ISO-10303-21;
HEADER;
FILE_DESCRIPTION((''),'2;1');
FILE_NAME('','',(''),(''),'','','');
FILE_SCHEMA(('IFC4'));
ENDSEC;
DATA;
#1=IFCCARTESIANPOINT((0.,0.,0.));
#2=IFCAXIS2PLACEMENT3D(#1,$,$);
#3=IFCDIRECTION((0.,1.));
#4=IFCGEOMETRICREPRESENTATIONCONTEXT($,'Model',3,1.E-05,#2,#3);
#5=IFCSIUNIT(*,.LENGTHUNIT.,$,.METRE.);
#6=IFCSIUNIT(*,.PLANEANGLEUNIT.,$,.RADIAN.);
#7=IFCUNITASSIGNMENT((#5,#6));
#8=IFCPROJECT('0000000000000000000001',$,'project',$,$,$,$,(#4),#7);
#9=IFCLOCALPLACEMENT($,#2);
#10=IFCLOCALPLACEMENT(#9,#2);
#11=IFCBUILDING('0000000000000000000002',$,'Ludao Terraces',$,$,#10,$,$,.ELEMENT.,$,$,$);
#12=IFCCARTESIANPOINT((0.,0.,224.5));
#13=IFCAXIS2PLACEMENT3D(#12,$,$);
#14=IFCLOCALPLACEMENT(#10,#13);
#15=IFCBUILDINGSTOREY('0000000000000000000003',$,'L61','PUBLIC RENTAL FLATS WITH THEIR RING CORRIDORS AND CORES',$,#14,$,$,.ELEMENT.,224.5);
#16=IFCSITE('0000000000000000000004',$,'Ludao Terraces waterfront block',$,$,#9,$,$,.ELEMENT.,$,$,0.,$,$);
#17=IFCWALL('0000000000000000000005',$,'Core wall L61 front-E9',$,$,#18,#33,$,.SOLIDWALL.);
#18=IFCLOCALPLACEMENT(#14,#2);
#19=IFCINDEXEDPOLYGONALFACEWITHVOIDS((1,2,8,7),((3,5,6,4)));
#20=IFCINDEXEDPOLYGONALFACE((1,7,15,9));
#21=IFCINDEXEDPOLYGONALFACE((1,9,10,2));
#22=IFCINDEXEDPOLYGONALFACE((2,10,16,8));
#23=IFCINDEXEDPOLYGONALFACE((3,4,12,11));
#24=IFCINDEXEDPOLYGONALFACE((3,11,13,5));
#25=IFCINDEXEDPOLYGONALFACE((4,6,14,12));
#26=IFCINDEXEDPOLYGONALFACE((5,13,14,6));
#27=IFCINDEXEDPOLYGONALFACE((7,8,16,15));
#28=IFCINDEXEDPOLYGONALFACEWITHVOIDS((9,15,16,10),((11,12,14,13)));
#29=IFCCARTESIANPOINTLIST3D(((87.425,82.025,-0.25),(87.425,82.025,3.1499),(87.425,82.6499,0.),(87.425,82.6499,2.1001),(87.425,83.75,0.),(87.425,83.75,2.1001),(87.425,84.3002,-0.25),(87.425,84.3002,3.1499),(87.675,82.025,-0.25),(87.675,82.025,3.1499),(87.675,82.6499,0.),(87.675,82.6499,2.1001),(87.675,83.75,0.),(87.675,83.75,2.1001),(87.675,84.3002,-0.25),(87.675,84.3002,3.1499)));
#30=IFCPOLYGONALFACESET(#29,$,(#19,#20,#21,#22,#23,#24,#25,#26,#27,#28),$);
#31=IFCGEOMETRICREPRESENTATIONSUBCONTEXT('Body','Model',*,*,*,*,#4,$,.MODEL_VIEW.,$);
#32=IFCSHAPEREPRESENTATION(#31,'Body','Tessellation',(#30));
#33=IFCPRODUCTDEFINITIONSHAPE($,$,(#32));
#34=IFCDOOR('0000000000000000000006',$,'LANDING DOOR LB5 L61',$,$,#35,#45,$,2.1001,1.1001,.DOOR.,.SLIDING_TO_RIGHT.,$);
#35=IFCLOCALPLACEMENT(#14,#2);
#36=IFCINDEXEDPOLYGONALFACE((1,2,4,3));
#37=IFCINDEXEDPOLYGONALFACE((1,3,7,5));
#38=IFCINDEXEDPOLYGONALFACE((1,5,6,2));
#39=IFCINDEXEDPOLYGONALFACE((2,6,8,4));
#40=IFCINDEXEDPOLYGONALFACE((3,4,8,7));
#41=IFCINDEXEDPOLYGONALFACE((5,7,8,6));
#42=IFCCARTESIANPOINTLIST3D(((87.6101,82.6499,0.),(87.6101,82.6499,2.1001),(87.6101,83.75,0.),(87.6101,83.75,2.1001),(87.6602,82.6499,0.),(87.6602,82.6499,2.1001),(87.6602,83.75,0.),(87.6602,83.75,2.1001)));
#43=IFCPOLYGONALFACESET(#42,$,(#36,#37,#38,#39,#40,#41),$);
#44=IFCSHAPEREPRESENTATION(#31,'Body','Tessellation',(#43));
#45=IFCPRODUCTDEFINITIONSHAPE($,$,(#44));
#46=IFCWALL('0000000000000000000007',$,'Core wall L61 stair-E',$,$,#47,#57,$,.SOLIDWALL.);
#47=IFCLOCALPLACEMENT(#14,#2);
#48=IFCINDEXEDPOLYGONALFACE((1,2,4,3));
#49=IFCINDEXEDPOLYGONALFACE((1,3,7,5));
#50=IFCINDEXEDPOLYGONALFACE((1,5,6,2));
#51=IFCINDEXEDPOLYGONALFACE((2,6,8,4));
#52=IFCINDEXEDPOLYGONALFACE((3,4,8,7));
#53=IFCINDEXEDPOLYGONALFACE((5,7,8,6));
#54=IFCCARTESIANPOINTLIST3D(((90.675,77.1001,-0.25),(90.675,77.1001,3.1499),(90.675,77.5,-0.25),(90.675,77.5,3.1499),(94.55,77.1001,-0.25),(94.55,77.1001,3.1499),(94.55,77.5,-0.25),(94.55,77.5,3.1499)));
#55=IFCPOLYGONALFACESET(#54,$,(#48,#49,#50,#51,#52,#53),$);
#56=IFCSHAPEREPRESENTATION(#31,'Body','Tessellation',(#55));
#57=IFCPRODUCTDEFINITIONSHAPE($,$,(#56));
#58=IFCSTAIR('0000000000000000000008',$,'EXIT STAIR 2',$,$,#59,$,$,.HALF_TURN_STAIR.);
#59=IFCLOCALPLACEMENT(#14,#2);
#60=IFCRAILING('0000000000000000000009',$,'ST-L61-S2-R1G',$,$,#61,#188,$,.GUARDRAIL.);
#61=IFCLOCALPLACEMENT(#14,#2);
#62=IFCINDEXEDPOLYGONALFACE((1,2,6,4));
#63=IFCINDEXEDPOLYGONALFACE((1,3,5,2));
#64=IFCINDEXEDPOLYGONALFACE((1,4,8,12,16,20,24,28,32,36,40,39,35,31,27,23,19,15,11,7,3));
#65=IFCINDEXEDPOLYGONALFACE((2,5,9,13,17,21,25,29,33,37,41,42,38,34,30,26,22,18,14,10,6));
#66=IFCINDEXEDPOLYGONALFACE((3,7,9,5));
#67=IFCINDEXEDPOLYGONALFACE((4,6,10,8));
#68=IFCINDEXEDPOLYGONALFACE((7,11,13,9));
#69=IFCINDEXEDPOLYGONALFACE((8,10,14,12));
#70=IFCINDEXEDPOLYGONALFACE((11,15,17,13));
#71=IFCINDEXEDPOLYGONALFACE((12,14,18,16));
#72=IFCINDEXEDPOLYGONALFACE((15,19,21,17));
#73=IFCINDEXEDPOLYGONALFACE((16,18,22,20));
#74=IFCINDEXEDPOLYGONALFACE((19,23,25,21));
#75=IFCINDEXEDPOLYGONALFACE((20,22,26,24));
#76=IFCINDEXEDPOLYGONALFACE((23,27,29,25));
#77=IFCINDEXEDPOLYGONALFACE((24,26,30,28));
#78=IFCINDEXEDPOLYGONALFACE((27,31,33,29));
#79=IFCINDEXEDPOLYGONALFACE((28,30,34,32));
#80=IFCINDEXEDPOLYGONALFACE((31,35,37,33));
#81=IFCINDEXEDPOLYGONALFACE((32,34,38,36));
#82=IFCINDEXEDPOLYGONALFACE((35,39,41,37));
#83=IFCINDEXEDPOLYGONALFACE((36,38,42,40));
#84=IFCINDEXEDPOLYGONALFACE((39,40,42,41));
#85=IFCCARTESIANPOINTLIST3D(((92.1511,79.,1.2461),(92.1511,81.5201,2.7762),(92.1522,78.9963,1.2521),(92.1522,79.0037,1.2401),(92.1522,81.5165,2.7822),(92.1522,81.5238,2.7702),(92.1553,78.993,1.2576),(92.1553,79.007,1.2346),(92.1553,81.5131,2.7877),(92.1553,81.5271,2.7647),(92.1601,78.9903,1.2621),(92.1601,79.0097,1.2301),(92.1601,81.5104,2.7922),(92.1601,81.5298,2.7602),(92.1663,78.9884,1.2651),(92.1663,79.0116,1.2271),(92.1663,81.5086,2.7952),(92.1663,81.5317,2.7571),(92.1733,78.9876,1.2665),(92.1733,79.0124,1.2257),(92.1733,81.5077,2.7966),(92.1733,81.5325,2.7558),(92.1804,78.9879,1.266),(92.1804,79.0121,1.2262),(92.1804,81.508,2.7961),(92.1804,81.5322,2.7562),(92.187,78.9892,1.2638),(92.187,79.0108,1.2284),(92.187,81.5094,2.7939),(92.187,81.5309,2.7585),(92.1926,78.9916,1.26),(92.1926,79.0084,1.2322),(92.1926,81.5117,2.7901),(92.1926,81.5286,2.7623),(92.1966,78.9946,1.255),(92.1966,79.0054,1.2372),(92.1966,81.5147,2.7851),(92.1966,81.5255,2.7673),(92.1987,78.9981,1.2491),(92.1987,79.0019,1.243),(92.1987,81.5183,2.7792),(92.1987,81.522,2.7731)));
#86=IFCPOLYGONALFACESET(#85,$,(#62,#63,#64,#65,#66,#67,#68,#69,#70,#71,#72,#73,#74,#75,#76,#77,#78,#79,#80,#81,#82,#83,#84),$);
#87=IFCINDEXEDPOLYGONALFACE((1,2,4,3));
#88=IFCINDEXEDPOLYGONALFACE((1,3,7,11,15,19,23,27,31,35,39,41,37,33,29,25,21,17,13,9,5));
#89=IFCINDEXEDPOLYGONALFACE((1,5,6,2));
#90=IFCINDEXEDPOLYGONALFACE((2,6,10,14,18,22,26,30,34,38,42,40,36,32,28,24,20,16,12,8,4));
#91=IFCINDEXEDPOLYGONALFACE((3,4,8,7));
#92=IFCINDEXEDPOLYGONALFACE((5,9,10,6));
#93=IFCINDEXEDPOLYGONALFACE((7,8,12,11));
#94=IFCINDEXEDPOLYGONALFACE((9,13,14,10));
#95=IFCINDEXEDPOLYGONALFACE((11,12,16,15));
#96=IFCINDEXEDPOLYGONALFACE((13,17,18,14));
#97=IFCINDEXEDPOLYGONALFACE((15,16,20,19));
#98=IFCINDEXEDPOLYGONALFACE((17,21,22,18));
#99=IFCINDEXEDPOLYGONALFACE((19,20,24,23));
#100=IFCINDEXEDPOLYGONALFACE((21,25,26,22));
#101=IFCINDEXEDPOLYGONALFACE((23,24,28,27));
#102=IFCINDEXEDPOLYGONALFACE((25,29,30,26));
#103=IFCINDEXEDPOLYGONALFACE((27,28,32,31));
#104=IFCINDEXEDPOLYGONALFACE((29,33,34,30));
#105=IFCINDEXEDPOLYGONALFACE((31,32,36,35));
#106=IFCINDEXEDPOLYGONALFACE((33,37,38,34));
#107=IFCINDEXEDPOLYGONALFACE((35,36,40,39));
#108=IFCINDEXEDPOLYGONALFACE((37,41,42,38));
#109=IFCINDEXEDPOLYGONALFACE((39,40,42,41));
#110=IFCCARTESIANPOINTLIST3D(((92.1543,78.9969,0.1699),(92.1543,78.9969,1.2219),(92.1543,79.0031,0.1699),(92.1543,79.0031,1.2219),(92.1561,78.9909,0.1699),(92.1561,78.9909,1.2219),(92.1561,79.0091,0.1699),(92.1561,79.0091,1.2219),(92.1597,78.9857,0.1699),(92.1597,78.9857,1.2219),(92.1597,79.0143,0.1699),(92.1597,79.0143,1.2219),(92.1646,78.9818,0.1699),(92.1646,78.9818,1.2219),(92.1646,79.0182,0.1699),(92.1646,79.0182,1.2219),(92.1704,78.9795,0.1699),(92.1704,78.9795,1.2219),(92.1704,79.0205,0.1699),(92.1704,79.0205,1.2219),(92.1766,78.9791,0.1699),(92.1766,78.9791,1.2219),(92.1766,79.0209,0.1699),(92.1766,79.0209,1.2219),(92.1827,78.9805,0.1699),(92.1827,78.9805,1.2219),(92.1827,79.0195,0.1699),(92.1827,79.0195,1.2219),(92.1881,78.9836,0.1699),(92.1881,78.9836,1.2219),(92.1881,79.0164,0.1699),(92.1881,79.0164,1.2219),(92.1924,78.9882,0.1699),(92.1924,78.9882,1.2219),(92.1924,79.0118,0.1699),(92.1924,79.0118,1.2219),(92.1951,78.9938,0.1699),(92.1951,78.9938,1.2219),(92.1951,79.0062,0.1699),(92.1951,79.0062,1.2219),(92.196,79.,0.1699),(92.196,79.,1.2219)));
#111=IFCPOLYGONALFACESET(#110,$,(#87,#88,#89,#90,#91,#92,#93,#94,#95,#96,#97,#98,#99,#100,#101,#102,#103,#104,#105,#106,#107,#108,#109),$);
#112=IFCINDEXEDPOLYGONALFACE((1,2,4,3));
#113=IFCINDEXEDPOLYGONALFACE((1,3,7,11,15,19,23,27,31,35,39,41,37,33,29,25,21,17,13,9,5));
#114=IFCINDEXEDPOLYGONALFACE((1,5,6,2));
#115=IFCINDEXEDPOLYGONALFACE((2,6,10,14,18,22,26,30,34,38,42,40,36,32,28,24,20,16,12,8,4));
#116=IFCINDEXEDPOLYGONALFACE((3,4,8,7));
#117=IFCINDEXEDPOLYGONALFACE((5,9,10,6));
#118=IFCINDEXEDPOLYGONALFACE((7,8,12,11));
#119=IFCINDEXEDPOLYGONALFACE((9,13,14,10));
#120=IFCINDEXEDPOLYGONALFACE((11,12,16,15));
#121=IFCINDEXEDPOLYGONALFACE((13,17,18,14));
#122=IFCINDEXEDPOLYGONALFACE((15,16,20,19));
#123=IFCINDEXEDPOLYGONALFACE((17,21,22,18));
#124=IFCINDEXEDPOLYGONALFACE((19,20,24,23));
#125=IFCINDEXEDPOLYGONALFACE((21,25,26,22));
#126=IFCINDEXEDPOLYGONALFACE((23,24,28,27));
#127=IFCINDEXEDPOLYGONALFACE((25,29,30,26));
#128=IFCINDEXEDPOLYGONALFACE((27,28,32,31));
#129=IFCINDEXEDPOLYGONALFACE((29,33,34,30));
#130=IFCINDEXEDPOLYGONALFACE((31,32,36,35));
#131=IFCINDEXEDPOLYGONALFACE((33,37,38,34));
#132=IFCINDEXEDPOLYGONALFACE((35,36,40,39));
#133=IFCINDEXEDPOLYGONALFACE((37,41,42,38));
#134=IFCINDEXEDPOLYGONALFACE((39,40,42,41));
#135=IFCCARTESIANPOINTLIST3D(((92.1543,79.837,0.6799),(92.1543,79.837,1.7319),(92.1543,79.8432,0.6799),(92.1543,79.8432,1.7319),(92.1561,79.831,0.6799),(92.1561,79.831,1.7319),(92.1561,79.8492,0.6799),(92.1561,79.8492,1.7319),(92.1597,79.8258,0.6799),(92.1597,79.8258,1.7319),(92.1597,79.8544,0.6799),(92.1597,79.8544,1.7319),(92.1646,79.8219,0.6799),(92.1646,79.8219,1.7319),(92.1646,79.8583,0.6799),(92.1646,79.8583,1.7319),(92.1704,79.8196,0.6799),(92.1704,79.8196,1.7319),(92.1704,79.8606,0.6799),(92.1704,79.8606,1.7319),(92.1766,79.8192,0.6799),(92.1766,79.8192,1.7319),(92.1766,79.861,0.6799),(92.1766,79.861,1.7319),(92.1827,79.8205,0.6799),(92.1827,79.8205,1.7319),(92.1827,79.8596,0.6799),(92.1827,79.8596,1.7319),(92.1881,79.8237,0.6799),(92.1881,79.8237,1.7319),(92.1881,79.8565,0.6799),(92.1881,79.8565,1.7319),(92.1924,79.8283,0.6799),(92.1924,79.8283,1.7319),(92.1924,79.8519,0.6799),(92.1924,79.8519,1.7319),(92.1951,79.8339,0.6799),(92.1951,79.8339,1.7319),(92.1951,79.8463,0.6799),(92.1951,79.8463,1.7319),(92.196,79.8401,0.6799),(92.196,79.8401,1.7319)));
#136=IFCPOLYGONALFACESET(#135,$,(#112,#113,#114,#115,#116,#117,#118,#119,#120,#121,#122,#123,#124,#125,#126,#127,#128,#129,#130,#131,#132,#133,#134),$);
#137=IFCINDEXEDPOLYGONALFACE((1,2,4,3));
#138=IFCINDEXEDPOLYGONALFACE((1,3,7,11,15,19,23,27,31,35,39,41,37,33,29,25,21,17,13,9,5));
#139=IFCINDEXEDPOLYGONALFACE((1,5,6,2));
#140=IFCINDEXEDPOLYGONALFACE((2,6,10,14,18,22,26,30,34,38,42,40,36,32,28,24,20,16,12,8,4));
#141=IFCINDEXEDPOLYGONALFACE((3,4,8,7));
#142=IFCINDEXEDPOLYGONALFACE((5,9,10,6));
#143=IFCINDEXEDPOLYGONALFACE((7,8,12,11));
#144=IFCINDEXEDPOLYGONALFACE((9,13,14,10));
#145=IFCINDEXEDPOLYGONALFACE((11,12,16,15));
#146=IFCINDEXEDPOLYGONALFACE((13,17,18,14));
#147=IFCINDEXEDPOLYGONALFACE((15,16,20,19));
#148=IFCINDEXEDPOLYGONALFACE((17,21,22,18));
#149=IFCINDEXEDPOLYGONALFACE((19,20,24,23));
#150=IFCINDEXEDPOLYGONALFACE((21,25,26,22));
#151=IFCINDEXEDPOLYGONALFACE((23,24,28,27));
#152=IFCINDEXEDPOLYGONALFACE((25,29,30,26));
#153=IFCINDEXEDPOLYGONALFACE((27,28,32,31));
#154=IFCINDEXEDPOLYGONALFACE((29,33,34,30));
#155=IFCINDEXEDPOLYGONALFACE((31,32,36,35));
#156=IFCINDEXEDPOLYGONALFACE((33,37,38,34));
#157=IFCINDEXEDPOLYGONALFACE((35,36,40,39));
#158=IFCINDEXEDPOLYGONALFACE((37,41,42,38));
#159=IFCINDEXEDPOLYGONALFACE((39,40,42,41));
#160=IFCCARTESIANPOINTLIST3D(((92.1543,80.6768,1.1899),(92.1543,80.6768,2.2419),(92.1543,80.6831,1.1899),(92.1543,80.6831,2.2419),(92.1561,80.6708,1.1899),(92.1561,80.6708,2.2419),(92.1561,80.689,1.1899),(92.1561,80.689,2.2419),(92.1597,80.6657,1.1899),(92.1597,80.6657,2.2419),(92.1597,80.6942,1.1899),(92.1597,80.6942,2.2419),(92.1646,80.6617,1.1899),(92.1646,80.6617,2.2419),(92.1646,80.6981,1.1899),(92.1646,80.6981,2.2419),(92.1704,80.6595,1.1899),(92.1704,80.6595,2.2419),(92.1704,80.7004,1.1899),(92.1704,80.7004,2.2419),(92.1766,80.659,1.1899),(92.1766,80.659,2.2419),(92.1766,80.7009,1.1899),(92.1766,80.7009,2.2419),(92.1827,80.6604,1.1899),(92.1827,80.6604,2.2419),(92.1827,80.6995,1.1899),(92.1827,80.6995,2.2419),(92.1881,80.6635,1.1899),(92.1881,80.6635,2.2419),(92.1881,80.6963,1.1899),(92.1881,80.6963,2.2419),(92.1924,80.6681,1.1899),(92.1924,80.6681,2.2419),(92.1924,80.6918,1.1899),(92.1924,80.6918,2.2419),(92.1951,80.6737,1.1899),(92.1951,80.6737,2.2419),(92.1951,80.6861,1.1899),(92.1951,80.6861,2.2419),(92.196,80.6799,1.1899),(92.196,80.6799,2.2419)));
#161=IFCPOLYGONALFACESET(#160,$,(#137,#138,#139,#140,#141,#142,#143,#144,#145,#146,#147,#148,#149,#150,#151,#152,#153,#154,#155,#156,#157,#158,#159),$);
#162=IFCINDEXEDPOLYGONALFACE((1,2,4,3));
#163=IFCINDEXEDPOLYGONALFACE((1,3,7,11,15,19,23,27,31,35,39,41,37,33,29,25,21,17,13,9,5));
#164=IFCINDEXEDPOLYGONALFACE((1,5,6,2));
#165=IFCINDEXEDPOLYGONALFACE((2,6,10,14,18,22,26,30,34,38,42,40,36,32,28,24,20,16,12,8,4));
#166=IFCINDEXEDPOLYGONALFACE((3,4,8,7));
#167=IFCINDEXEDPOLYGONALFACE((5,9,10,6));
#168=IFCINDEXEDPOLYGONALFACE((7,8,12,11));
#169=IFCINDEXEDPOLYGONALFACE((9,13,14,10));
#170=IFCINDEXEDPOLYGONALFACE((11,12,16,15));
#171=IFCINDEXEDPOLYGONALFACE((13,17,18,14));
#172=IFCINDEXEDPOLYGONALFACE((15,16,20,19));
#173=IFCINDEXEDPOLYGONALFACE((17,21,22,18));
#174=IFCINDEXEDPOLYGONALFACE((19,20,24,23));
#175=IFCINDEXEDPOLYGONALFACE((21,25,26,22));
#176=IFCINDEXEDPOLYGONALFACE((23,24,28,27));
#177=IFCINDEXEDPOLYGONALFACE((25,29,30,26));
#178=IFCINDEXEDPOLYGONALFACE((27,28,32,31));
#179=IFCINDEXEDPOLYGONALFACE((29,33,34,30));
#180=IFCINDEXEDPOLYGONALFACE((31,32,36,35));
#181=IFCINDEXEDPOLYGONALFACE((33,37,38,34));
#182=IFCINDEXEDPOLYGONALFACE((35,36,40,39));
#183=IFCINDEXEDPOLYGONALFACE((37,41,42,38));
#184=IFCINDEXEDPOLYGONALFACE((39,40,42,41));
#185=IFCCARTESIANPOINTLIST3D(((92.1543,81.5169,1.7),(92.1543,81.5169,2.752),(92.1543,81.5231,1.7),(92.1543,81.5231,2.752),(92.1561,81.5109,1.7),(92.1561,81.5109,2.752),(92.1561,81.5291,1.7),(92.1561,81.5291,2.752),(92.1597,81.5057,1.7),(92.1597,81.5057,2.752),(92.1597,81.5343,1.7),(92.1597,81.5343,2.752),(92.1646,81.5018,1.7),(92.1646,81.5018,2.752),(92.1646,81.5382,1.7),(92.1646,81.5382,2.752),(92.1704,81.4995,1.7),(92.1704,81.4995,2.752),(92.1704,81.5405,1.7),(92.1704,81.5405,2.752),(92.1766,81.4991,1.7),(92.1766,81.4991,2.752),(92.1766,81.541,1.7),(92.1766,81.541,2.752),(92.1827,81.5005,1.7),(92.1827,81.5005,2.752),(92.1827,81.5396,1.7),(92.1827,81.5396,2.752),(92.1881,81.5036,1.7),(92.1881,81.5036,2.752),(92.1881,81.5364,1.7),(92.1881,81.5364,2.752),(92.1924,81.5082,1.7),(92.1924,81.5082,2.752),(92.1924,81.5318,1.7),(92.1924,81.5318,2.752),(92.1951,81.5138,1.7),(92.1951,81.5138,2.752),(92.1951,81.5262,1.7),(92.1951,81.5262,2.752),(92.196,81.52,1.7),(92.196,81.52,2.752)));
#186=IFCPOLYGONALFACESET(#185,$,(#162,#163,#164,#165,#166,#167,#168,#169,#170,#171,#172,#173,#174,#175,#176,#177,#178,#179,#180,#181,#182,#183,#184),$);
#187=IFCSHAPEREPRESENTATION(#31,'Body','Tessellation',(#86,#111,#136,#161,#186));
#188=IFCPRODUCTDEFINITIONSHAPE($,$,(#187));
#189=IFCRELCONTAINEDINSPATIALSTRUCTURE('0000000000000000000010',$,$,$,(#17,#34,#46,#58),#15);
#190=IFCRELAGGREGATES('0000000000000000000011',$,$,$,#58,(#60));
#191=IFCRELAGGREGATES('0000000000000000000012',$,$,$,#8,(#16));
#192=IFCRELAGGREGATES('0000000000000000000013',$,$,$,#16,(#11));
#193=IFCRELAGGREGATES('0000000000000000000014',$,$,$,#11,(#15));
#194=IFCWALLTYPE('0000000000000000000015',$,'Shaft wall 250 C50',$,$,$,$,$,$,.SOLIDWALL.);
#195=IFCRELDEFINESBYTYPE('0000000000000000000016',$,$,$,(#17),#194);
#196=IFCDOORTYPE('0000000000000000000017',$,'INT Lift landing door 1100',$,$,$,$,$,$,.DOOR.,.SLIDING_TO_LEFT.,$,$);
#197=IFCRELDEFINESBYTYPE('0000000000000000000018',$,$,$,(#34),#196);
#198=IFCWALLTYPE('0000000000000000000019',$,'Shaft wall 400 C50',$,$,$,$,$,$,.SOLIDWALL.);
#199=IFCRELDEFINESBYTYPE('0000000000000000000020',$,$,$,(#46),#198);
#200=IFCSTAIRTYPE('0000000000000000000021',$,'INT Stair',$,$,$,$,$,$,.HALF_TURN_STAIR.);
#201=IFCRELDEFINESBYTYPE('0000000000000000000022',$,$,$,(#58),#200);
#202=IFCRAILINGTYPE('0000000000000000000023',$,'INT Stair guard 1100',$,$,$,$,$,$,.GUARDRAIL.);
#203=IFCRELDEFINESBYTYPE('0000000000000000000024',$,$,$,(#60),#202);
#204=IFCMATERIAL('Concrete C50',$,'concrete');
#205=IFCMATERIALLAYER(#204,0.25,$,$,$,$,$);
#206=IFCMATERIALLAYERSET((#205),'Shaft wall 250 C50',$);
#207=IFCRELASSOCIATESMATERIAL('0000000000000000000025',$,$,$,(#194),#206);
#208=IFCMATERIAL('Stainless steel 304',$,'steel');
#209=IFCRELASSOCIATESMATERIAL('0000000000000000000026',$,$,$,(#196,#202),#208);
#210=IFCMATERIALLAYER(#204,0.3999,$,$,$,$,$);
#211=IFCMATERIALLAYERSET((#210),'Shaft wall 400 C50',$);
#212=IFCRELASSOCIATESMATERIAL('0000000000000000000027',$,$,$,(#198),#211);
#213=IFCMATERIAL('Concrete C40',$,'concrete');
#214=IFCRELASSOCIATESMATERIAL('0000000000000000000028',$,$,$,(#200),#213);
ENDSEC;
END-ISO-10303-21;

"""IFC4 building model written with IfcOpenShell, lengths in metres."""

from ifc_helpers import new_model, si_unit, direction, frame, frame_2d, origin, origin_2d, place, context, subcontext, project, spatial, rectangle, circle, extrude, material, layer, layer_set, type_object, element, fill, aggregate, save


model = new_model("IFC4")

# Units and contexts
model_context = context("Model", 3, precision=1e-05, world=origin(), true_north=direction((0.0, 1.0)))
body_context = subcontext(model_context, "Body", "Model", "MODEL_VIEW")
ifc_project = project(units=[si_unit("LENGTHUNIT", "METRE"), si_unit("PLANEANGLEUNIT", "RADIAN")], contexts=[model_context])

# Site, building, storey
site_placement = place(None, origin())
site = spatial("IfcSite", under=ifc_project, at=site_placement, Name="Ludao Terraces waterfront block", CompositionType="ELEMENT", RefElevation=0.0)
building_placement = place(site_placement, origin())
building = spatial("IfcBuilding", under=site, at=building_placement, Name="Ludao Terraces", CompositionType="ELEMENT")
storey_placement = place(building_placement, frame((0.0, 0.0, 224.5)))
storey = spatial("IfcBuildingStorey", under=building, at=storey_placement, Name="L61", Description="PUBLIC RENTAL FLATS WITH THEIR RING CORRIDORS AND CORES", CompositionType="ELEMENT", Elevation=224.5)

# Shared definitions
ifc_material_1 = material(Name="Concrete C50", Category="concrete")

# Shared definitions
ifc_layer_1 = layer(ifc_material_1, 0.25)
ifc_layer_set_1 = layer_set([ifc_layer_1], Name="Shaft wall 250 C50")
wall_type_1 = type_object("IfcWallType", Name="Shaft wall 250 C50", PredefinedType="SOLIDWALL", material=ifc_layer_set_1)

# Shared definitions
ifc_material_2 = material(Name="Stainless steel 304", Category="steel")
door_type_1 = type_object("IfcDoorType", Name="INT Lift landing door 1100", OperationType="SLIDING_TO_LEFT", PredefinedType="DOOR", material=ifc_material_2)

# Wall, opening, door
wall_1_placement = place(storey_placement, frame((87.55, 82.0249, -0.25), z_axis=(0.0, 0.0, 1.0), x_axis=(0.0, 1.0, 0.0)))
wall_1 = element("IfcWall", 1, at=wall_1_placement, inside=storey, type_object=wall_type_1, Name="Core wall L61 front-E9", PredefinedType="SOLIDWALL", context=body_context, shape_type="SweptSolid", body=[
    extrude(rectangle(XDim=2.2751, YDim=0.25, at=frame_2d((1.1377, 0.0))), origin(), (0.0, 0.0, 1.0), 3.3999),
])
opening_1_placement = place(wall_1_placement, frame((0.625, 0.0, 0.25)))
opening_1 = element("IfcOpeningElement", 2, at=opening_1_placement, cuts=wall_1, PredefinedType="OPENING", context=body_context, shape_type="SweptSolid", body=[
    extrude(rectangle(XDim=1.1001, YDim=2.1001, at=frame_2d((0.55, 1.05))), frame((0.0, 0.135, 0.0), z_axis=(0.0, -1.0, 0.0), x_axis=(1.0, 0.0, 0.0)), (0.0, 0.0, 1.0), 0.27),
])
door_1_placement = place(opening_1_placement, origin())
door_1 = element("IfcDoor", 3, at=door_1_placement, inside=storey, type_object=door_type_1, Name="LANDING DOOR LB5 L61", OperationType="SLIDING_TO_RIGHT", OverallHeight=2.1001, OverallWidth=1.1001, PredefinedType="DOOR", context=body_context, shape_type="SweptSolid", body=[
    extrude(rectangle(XDim=1.1001, YDim=2.1001, at=frame_2d((0.55, 1.05))), frame((0.0, -0.0601, 0.0), z_axis=(0.0, -1.0, 0.0), x_axis=(1.0, 0.0, 0.0)), (0.0, 0.0, 1.0), 0.05),
])
fill(opening_1, door_1)

# Wall
ifc_layer_2 = layer(ifc_material_1, 0.3999)
ifc_layer_set_2 = layer_set([ifc_layer_2], Name="Shaft wall 400 C50")
wall_type_2 = type_object("IfcWallType", Name="Shaft wall 400 C50", PredefinedType="SOLIDWALL", material=ifc_layer_set_2)
wall_2_placement = place(storey_placement, frame((90.675, 77.3, -0.25), z_axis=(0.0, 0.0, 1.0), x_axis=(1.0, 0.0, 0.0)))
element("IfcWall", 4, at=wall_2_placement, inside=storey, type_object=wall_type_2, Name="Core wall L61 stair-E", PredefinedType="SOLIDWALL", context=body_context, shape_type="SweptSolid", body=[
    extrude(rectangle(XDim=3.875, YDim=0.3999, at=frame_2d((1.9375, 0.0))), origin(), (0.0, 0.0, 1.0), 3.3999),
])

# Stair, railing
ifc_material_3 = material(Name="Concrete C40", Category="concrete")
stair_type = type_object("IfcStairType", Name="INT Stair", PredefinedType="HALF_TURN_STAIR", material=ifc_material_3)
stair_placement = place(storey_placement, origin())
stair = element("IfcStair", 5, at=stair_placement, inside=storey, type_object=stair_type, Name="EXIT STAIR 2", PredefinedType="HALF_TURN_STAIR")
railing_type_1 = type_object("IfcRailingType", Name="INT Stair guard 1100", PredefinedType="GUARDRAIL", material=ifc_material_2)
railing_1_placement = place(storey_placement, frame((92.175, 79.0, 0.1699)))
railing_1 = element("IfcRailing", 6, at=railing_1_placement, type_object=railing_type_1, Name="ST-L61-S2-R1G", PredefinedType="GUARDRAIL", context=body_context, shape_type="SweptSolid", body=[
    extrude(circle(Radius=0.0239, at=origin_2d()), frame((0.0, 0.0, 1.0762), z_axis=(0.0, 0.854785, 0.518982), x_axis=(-1.0, 0.0, 0.0)), (0.0, 0.0, 1.0), 2.9482),
    extrude(circle(Radius=0.021, at=origin_2d()), origin(), (0.0, 0.0, 1.0), 1.052),
    extrude(circle(Radius=0.021, at=origin_2d()), frame((0.0, 0.8401, 0.51)), (0.0, 0.0, 1.0), 1.052),
    extrude(circle(Radius=0.021, at=origin_2d()), frame((0.0, 1.6799, 1.02)), (0.0, 0.0, 1.0), 1.052),
    extrude(circle(Radius=0.021, at=origin_2d()), frame((0.0, 2.52, 1.53)), (0.0, 0.0, 1.0), 1.052),
])
aggregate(stair, [railing_1])

save(model, "model.ifc")
